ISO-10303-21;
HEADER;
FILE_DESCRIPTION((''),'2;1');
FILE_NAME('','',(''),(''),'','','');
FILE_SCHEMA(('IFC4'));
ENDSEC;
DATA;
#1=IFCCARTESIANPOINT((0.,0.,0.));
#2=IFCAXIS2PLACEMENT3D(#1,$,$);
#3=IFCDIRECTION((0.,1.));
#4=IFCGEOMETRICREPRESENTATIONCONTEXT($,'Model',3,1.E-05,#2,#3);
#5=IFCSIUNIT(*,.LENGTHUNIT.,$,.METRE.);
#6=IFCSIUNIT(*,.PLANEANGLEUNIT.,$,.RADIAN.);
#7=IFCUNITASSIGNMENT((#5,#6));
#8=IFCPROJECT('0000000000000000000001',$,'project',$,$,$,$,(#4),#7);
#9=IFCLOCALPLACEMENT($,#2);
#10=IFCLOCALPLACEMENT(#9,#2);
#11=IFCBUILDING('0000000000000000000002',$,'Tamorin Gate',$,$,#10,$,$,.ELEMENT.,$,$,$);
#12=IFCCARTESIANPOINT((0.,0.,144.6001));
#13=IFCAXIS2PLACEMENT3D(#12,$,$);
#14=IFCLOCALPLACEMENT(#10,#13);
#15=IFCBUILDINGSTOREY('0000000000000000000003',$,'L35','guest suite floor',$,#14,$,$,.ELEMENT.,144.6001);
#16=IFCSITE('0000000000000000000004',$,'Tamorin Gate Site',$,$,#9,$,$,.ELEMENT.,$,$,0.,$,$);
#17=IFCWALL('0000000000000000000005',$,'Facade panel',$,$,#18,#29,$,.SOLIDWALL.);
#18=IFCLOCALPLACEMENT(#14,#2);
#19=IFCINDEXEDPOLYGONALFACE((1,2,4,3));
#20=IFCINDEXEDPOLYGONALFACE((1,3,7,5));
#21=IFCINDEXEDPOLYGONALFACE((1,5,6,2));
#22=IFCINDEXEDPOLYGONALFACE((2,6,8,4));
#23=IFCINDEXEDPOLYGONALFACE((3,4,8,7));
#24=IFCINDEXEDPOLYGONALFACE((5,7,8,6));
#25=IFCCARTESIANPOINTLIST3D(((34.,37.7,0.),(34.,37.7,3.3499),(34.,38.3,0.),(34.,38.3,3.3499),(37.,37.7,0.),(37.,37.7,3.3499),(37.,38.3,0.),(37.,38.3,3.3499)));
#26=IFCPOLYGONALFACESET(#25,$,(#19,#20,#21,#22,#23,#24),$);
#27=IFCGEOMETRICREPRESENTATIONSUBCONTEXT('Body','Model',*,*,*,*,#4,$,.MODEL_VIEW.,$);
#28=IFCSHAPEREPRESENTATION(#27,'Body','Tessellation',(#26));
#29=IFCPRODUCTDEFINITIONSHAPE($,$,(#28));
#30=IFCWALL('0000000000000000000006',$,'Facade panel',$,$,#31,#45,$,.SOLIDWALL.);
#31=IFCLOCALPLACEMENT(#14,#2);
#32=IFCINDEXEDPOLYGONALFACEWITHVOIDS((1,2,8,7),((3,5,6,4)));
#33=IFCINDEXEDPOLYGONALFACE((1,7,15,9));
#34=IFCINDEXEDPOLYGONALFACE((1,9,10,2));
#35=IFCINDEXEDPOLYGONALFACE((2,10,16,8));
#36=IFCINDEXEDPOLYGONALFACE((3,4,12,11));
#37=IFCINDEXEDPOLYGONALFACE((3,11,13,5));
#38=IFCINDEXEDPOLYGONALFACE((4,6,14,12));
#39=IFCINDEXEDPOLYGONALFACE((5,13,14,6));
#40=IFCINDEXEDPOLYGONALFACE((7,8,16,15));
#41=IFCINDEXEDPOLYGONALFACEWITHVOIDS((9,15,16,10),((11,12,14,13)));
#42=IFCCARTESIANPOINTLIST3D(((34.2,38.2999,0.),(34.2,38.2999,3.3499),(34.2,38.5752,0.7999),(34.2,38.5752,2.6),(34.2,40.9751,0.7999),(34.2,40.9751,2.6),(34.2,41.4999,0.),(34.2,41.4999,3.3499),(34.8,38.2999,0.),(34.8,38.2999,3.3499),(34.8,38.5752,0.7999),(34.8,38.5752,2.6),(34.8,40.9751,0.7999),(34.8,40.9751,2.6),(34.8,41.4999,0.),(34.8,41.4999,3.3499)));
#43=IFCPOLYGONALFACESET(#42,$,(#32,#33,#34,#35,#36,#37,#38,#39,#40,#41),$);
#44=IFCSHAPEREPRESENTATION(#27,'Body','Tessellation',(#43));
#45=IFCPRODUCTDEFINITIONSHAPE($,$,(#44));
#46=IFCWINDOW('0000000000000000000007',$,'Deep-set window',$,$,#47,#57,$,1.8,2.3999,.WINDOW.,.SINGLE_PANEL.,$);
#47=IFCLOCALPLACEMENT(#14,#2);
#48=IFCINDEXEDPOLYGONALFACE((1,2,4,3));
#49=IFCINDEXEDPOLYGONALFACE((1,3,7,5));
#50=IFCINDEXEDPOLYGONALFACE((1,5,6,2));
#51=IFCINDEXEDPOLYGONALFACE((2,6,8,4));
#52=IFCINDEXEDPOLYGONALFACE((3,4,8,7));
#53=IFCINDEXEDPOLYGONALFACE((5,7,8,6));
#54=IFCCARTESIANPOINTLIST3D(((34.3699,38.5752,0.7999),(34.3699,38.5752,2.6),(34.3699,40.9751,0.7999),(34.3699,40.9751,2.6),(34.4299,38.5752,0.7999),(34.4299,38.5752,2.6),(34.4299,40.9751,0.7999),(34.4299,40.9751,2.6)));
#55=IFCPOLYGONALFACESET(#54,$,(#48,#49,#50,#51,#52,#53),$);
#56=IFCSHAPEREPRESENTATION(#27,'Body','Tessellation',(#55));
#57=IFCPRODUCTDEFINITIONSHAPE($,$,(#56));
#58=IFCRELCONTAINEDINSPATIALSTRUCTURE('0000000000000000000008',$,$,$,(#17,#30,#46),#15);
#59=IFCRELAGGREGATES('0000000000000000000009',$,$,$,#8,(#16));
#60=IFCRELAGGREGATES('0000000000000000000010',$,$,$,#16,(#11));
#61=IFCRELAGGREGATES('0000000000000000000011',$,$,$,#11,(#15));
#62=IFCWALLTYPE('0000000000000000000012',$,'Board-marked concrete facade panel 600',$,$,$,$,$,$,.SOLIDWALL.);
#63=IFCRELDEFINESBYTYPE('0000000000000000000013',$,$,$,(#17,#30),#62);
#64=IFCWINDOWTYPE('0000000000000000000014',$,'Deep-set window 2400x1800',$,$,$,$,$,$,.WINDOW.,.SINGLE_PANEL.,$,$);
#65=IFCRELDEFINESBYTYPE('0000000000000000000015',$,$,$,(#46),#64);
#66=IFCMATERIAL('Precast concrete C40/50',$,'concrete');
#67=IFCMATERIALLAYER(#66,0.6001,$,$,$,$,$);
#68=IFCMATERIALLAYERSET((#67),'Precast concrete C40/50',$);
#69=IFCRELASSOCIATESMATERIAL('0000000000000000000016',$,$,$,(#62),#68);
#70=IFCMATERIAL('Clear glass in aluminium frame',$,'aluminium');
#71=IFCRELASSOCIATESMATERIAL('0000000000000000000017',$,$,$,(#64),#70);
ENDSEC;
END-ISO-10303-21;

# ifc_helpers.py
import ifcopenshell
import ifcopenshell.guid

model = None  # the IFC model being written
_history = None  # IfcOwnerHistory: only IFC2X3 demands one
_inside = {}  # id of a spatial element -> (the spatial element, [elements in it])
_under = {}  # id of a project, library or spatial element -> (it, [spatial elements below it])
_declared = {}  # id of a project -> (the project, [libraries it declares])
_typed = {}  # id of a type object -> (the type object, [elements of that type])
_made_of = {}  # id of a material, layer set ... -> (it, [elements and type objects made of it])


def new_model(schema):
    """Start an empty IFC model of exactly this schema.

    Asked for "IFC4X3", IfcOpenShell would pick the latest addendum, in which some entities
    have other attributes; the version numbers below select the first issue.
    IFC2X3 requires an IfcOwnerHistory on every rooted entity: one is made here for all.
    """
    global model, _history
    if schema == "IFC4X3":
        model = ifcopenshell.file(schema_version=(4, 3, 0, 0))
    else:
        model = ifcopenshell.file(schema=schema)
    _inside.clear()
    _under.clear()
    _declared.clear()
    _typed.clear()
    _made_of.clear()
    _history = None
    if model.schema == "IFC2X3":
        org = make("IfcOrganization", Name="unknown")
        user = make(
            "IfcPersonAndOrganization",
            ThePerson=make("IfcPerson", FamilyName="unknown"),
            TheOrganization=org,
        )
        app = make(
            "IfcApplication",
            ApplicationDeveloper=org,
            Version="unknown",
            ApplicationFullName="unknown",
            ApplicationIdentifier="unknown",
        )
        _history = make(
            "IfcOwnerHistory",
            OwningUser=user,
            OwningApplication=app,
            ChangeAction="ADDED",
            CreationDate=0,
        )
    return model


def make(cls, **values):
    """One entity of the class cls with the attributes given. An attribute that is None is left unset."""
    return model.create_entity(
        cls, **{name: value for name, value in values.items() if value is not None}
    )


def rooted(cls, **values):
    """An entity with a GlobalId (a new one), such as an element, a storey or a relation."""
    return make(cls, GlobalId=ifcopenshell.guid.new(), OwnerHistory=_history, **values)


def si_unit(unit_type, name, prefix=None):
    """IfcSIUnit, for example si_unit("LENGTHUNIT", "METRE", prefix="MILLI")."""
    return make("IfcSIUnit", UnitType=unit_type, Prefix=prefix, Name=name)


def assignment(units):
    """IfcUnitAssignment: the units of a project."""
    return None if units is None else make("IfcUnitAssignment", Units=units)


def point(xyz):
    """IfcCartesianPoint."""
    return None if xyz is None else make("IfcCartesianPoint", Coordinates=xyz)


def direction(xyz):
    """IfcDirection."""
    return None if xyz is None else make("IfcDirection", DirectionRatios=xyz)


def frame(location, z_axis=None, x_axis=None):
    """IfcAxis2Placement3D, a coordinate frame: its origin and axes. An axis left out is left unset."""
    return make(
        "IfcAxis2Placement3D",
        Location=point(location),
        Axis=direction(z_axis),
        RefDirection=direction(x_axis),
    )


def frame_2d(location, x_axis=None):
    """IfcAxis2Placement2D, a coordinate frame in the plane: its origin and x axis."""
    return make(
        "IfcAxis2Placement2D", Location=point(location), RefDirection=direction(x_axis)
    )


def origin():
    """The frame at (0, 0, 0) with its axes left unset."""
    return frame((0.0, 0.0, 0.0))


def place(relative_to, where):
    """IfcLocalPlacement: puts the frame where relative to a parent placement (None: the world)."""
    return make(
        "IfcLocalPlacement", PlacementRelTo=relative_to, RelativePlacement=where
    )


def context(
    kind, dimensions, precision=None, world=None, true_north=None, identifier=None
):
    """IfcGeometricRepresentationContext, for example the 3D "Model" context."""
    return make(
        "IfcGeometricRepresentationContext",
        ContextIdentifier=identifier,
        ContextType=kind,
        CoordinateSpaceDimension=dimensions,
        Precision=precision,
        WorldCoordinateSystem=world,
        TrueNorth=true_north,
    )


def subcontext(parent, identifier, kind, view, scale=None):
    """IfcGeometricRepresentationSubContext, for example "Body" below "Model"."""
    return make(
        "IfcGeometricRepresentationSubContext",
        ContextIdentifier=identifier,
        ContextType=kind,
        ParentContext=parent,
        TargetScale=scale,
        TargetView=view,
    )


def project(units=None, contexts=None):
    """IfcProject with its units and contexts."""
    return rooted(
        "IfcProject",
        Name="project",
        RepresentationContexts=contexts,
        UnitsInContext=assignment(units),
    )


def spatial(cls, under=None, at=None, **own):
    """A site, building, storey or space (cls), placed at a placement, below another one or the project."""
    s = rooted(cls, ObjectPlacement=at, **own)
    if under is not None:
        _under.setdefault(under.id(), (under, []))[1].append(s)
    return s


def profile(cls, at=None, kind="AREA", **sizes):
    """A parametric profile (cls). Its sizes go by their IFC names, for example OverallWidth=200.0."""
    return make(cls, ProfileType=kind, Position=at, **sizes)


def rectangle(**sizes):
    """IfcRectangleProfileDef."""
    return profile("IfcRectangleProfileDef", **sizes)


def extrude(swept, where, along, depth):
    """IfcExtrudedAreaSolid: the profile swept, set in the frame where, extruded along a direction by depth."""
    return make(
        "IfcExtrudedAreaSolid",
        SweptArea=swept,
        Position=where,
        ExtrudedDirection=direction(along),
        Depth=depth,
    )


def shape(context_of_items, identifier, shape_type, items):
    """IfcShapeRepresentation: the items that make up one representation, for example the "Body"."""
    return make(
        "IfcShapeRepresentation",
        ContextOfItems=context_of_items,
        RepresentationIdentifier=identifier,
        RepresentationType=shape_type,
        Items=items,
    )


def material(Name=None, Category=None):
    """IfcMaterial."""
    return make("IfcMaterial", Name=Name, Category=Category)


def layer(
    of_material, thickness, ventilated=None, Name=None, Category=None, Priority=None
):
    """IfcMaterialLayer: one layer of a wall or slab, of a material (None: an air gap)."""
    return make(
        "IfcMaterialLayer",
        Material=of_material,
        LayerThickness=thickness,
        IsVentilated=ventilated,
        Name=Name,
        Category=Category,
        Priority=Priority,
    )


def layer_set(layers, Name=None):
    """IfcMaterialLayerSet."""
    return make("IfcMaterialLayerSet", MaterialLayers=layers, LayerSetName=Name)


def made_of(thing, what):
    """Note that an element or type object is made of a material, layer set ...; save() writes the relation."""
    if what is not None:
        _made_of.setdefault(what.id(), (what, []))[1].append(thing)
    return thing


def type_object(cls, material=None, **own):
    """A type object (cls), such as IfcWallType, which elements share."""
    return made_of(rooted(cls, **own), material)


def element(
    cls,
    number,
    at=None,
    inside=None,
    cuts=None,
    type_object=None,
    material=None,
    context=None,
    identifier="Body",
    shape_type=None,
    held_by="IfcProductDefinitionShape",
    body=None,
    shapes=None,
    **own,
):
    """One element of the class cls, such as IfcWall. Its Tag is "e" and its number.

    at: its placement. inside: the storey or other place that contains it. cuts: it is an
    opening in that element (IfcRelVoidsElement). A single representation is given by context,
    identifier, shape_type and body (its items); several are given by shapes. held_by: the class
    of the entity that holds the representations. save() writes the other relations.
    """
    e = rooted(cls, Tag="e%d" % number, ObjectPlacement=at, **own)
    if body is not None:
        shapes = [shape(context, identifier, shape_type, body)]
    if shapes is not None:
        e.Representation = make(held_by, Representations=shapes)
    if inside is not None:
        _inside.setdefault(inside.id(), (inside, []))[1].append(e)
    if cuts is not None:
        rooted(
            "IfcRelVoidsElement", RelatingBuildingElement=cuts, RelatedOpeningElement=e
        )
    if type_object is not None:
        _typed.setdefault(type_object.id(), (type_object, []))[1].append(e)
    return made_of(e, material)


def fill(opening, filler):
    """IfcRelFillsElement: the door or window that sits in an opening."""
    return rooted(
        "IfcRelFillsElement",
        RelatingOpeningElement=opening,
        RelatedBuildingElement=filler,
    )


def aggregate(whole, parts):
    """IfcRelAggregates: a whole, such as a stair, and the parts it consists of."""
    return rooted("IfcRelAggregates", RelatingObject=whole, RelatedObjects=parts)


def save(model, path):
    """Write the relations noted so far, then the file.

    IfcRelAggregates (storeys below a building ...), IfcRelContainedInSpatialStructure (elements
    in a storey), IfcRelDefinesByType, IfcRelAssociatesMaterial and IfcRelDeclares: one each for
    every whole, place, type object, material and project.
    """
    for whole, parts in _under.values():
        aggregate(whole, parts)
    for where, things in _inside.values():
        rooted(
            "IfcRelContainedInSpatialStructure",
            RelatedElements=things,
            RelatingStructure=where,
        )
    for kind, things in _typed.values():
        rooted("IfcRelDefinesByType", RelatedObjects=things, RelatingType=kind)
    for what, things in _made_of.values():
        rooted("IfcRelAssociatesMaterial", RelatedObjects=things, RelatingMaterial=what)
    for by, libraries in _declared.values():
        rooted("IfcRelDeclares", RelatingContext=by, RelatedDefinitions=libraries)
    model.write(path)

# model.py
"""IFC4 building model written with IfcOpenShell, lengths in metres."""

from ifc_helpers import new_model, si_unit, direction, frame, frame_2d, origin, place, context, subcontext, project, spatial, rectangle, extrude, material, layer, layer_set, type_object, element, fill, save


model = new_model("IFC4")

# Units and contexts
model_context = context("Model", 3, precision=1e-05, world=origin(), true_north=direction((0.0, 1.0)))
body_context = subcontext(model_context, "Body", "Model", "MODEL_VIEW")
ifc_project = project(units=[si_unit("LENGTHUNIT", "METRE"), si_unit("PLANEANGLEUNIT", "RADIAN")], contexts=[model_context])

# Site, building, storey
site_placement = place(None, origin())
site = spatial("IfcSite", under=ifc_project, at=site_placement, Name="Tamorin Gate Site", CompositionType="ELEMENT", RefElevation=0.0)
building_placement = place(site_placement, origin())
building = spatial("IfcBuilding", under=site, at=building_placement, Name="Tamorin Gate", CompositionType="ELEMENT")
storey_placement = place(building_placement, frame((0.0, 0.0, 144.6001)))
storey = spatial("IfcBuildingStorey", under=building, at=storey_placement, Name="L35", Description="guest suite floor", CompositionType="ELEMENT", Elevation=144.6001)

# Wall
ifc_material_1 = material(Name="Precast concrete C40/50", Category="concrete")
ifc_layer_1 = layer(ifc_material_1, 0.6001)
ifc_layer_set_1 = layer_set([ifc_layer_1], Name="Precast concrete C40/50")
wall_type = type_object("IfcWallType", Name="Board-marked concrete facade panel 600", PredefinedType="SOLIDWALL", material=ifc_layer_set_1)
wall_1_placement = place(storey_placement, frame((34.0, 38.0, 0.0), z_axis=(0.0, 0.0, 1.0), x_axis=(1.0, 0.0, 0.0)))
element("IfcWall", 1, at=wall_1_placement, inside=storey, type_object=wall_type, Name="Facade panel", PredefinedType="SOLIDWALL", context=body_context, shape_type="SweptSolid", body=[
    extrude(rectangle(XDim=3.0, YDim=0.6001, at=frame_2d((1.5, 0.0))), origin(), (0.0, 0.0, 1.0), 3.3499),
])

# Wall, opening, window
wall_2_placement = place(storey_placement, frame((34.5, 41.5, 0.0), z_axis=(0.0, 0.0, 1.0), x_axis=(0.0, -1.0, 0.0)))
wall_2 = element("IfcWall", 2, at=wall_2_placement, inside=storey, type_object=wall_type, Name="Facade panel", PredefinedType="SOLIDWALL", context=body_context, shape_type="SweptSolid", body=[
    extrude(rectangle(XDim=3.2, YDim=0.6001, at=frame_2d((1.6001, 0.0))), origin(), (0.0, 0.0, 1.0), 3.3499),
])
opening_placement = place(wall_2_placement, frame((0.5249, 0.0, 0.8)))
opening = element("IfcOpeningElement", 3, at=opening_placement, cuts=wall_2, PredefinedType="OPENING", context=body_context, shape_type="SweptSolid", body=[
    extrude(rectangle(XDim=2.3999, YDim=1.8, at=frame_2d((1.2, 0.8999))), frame((0.0, 0.3101, 0.0), z_axis=(0.0, -1.0, 0.0), x_axis=(1.0, 0.0, 0.0)), (0.0, 0.0, 1.0), 0.6201),
])
ifc_material_2 = material(Name="Clear glass in aluminium frame", Category="aluminium")
window_type = type_object("IfcWindowType", Name="Deep-set window 2400x1800", PartitioningType="SINGLE_PANEL", PredefinedType="WINDOW", material=ifc_material_2)
window_placement = place(opening_placement, origin())
window = element("IfcWindow", 4, at=window_placement, inside=storey, type_object=window_type, Name="Deep-set window", OverallHeight=1.8, OverallWidth=2.3999, PartitioningType="SINGLE_PANEL", PredefinedType="WINDOW", context=body_context, shape_type="SweptSolid", body=[
    extrude(rectangle(XDim=2.3999, YDim=1.8, at=frame_2d((1.2, 0.8999))), frame((0.0, -0.0701, 0.0), z_axis=(0.0, -1.0, 0.0), x_axis=(1.0, 0.0, 0.0)), (0.0, 0.0, 1.0), 0.0601),
])
fill(opening, window)

save(model, "model.ifc")
